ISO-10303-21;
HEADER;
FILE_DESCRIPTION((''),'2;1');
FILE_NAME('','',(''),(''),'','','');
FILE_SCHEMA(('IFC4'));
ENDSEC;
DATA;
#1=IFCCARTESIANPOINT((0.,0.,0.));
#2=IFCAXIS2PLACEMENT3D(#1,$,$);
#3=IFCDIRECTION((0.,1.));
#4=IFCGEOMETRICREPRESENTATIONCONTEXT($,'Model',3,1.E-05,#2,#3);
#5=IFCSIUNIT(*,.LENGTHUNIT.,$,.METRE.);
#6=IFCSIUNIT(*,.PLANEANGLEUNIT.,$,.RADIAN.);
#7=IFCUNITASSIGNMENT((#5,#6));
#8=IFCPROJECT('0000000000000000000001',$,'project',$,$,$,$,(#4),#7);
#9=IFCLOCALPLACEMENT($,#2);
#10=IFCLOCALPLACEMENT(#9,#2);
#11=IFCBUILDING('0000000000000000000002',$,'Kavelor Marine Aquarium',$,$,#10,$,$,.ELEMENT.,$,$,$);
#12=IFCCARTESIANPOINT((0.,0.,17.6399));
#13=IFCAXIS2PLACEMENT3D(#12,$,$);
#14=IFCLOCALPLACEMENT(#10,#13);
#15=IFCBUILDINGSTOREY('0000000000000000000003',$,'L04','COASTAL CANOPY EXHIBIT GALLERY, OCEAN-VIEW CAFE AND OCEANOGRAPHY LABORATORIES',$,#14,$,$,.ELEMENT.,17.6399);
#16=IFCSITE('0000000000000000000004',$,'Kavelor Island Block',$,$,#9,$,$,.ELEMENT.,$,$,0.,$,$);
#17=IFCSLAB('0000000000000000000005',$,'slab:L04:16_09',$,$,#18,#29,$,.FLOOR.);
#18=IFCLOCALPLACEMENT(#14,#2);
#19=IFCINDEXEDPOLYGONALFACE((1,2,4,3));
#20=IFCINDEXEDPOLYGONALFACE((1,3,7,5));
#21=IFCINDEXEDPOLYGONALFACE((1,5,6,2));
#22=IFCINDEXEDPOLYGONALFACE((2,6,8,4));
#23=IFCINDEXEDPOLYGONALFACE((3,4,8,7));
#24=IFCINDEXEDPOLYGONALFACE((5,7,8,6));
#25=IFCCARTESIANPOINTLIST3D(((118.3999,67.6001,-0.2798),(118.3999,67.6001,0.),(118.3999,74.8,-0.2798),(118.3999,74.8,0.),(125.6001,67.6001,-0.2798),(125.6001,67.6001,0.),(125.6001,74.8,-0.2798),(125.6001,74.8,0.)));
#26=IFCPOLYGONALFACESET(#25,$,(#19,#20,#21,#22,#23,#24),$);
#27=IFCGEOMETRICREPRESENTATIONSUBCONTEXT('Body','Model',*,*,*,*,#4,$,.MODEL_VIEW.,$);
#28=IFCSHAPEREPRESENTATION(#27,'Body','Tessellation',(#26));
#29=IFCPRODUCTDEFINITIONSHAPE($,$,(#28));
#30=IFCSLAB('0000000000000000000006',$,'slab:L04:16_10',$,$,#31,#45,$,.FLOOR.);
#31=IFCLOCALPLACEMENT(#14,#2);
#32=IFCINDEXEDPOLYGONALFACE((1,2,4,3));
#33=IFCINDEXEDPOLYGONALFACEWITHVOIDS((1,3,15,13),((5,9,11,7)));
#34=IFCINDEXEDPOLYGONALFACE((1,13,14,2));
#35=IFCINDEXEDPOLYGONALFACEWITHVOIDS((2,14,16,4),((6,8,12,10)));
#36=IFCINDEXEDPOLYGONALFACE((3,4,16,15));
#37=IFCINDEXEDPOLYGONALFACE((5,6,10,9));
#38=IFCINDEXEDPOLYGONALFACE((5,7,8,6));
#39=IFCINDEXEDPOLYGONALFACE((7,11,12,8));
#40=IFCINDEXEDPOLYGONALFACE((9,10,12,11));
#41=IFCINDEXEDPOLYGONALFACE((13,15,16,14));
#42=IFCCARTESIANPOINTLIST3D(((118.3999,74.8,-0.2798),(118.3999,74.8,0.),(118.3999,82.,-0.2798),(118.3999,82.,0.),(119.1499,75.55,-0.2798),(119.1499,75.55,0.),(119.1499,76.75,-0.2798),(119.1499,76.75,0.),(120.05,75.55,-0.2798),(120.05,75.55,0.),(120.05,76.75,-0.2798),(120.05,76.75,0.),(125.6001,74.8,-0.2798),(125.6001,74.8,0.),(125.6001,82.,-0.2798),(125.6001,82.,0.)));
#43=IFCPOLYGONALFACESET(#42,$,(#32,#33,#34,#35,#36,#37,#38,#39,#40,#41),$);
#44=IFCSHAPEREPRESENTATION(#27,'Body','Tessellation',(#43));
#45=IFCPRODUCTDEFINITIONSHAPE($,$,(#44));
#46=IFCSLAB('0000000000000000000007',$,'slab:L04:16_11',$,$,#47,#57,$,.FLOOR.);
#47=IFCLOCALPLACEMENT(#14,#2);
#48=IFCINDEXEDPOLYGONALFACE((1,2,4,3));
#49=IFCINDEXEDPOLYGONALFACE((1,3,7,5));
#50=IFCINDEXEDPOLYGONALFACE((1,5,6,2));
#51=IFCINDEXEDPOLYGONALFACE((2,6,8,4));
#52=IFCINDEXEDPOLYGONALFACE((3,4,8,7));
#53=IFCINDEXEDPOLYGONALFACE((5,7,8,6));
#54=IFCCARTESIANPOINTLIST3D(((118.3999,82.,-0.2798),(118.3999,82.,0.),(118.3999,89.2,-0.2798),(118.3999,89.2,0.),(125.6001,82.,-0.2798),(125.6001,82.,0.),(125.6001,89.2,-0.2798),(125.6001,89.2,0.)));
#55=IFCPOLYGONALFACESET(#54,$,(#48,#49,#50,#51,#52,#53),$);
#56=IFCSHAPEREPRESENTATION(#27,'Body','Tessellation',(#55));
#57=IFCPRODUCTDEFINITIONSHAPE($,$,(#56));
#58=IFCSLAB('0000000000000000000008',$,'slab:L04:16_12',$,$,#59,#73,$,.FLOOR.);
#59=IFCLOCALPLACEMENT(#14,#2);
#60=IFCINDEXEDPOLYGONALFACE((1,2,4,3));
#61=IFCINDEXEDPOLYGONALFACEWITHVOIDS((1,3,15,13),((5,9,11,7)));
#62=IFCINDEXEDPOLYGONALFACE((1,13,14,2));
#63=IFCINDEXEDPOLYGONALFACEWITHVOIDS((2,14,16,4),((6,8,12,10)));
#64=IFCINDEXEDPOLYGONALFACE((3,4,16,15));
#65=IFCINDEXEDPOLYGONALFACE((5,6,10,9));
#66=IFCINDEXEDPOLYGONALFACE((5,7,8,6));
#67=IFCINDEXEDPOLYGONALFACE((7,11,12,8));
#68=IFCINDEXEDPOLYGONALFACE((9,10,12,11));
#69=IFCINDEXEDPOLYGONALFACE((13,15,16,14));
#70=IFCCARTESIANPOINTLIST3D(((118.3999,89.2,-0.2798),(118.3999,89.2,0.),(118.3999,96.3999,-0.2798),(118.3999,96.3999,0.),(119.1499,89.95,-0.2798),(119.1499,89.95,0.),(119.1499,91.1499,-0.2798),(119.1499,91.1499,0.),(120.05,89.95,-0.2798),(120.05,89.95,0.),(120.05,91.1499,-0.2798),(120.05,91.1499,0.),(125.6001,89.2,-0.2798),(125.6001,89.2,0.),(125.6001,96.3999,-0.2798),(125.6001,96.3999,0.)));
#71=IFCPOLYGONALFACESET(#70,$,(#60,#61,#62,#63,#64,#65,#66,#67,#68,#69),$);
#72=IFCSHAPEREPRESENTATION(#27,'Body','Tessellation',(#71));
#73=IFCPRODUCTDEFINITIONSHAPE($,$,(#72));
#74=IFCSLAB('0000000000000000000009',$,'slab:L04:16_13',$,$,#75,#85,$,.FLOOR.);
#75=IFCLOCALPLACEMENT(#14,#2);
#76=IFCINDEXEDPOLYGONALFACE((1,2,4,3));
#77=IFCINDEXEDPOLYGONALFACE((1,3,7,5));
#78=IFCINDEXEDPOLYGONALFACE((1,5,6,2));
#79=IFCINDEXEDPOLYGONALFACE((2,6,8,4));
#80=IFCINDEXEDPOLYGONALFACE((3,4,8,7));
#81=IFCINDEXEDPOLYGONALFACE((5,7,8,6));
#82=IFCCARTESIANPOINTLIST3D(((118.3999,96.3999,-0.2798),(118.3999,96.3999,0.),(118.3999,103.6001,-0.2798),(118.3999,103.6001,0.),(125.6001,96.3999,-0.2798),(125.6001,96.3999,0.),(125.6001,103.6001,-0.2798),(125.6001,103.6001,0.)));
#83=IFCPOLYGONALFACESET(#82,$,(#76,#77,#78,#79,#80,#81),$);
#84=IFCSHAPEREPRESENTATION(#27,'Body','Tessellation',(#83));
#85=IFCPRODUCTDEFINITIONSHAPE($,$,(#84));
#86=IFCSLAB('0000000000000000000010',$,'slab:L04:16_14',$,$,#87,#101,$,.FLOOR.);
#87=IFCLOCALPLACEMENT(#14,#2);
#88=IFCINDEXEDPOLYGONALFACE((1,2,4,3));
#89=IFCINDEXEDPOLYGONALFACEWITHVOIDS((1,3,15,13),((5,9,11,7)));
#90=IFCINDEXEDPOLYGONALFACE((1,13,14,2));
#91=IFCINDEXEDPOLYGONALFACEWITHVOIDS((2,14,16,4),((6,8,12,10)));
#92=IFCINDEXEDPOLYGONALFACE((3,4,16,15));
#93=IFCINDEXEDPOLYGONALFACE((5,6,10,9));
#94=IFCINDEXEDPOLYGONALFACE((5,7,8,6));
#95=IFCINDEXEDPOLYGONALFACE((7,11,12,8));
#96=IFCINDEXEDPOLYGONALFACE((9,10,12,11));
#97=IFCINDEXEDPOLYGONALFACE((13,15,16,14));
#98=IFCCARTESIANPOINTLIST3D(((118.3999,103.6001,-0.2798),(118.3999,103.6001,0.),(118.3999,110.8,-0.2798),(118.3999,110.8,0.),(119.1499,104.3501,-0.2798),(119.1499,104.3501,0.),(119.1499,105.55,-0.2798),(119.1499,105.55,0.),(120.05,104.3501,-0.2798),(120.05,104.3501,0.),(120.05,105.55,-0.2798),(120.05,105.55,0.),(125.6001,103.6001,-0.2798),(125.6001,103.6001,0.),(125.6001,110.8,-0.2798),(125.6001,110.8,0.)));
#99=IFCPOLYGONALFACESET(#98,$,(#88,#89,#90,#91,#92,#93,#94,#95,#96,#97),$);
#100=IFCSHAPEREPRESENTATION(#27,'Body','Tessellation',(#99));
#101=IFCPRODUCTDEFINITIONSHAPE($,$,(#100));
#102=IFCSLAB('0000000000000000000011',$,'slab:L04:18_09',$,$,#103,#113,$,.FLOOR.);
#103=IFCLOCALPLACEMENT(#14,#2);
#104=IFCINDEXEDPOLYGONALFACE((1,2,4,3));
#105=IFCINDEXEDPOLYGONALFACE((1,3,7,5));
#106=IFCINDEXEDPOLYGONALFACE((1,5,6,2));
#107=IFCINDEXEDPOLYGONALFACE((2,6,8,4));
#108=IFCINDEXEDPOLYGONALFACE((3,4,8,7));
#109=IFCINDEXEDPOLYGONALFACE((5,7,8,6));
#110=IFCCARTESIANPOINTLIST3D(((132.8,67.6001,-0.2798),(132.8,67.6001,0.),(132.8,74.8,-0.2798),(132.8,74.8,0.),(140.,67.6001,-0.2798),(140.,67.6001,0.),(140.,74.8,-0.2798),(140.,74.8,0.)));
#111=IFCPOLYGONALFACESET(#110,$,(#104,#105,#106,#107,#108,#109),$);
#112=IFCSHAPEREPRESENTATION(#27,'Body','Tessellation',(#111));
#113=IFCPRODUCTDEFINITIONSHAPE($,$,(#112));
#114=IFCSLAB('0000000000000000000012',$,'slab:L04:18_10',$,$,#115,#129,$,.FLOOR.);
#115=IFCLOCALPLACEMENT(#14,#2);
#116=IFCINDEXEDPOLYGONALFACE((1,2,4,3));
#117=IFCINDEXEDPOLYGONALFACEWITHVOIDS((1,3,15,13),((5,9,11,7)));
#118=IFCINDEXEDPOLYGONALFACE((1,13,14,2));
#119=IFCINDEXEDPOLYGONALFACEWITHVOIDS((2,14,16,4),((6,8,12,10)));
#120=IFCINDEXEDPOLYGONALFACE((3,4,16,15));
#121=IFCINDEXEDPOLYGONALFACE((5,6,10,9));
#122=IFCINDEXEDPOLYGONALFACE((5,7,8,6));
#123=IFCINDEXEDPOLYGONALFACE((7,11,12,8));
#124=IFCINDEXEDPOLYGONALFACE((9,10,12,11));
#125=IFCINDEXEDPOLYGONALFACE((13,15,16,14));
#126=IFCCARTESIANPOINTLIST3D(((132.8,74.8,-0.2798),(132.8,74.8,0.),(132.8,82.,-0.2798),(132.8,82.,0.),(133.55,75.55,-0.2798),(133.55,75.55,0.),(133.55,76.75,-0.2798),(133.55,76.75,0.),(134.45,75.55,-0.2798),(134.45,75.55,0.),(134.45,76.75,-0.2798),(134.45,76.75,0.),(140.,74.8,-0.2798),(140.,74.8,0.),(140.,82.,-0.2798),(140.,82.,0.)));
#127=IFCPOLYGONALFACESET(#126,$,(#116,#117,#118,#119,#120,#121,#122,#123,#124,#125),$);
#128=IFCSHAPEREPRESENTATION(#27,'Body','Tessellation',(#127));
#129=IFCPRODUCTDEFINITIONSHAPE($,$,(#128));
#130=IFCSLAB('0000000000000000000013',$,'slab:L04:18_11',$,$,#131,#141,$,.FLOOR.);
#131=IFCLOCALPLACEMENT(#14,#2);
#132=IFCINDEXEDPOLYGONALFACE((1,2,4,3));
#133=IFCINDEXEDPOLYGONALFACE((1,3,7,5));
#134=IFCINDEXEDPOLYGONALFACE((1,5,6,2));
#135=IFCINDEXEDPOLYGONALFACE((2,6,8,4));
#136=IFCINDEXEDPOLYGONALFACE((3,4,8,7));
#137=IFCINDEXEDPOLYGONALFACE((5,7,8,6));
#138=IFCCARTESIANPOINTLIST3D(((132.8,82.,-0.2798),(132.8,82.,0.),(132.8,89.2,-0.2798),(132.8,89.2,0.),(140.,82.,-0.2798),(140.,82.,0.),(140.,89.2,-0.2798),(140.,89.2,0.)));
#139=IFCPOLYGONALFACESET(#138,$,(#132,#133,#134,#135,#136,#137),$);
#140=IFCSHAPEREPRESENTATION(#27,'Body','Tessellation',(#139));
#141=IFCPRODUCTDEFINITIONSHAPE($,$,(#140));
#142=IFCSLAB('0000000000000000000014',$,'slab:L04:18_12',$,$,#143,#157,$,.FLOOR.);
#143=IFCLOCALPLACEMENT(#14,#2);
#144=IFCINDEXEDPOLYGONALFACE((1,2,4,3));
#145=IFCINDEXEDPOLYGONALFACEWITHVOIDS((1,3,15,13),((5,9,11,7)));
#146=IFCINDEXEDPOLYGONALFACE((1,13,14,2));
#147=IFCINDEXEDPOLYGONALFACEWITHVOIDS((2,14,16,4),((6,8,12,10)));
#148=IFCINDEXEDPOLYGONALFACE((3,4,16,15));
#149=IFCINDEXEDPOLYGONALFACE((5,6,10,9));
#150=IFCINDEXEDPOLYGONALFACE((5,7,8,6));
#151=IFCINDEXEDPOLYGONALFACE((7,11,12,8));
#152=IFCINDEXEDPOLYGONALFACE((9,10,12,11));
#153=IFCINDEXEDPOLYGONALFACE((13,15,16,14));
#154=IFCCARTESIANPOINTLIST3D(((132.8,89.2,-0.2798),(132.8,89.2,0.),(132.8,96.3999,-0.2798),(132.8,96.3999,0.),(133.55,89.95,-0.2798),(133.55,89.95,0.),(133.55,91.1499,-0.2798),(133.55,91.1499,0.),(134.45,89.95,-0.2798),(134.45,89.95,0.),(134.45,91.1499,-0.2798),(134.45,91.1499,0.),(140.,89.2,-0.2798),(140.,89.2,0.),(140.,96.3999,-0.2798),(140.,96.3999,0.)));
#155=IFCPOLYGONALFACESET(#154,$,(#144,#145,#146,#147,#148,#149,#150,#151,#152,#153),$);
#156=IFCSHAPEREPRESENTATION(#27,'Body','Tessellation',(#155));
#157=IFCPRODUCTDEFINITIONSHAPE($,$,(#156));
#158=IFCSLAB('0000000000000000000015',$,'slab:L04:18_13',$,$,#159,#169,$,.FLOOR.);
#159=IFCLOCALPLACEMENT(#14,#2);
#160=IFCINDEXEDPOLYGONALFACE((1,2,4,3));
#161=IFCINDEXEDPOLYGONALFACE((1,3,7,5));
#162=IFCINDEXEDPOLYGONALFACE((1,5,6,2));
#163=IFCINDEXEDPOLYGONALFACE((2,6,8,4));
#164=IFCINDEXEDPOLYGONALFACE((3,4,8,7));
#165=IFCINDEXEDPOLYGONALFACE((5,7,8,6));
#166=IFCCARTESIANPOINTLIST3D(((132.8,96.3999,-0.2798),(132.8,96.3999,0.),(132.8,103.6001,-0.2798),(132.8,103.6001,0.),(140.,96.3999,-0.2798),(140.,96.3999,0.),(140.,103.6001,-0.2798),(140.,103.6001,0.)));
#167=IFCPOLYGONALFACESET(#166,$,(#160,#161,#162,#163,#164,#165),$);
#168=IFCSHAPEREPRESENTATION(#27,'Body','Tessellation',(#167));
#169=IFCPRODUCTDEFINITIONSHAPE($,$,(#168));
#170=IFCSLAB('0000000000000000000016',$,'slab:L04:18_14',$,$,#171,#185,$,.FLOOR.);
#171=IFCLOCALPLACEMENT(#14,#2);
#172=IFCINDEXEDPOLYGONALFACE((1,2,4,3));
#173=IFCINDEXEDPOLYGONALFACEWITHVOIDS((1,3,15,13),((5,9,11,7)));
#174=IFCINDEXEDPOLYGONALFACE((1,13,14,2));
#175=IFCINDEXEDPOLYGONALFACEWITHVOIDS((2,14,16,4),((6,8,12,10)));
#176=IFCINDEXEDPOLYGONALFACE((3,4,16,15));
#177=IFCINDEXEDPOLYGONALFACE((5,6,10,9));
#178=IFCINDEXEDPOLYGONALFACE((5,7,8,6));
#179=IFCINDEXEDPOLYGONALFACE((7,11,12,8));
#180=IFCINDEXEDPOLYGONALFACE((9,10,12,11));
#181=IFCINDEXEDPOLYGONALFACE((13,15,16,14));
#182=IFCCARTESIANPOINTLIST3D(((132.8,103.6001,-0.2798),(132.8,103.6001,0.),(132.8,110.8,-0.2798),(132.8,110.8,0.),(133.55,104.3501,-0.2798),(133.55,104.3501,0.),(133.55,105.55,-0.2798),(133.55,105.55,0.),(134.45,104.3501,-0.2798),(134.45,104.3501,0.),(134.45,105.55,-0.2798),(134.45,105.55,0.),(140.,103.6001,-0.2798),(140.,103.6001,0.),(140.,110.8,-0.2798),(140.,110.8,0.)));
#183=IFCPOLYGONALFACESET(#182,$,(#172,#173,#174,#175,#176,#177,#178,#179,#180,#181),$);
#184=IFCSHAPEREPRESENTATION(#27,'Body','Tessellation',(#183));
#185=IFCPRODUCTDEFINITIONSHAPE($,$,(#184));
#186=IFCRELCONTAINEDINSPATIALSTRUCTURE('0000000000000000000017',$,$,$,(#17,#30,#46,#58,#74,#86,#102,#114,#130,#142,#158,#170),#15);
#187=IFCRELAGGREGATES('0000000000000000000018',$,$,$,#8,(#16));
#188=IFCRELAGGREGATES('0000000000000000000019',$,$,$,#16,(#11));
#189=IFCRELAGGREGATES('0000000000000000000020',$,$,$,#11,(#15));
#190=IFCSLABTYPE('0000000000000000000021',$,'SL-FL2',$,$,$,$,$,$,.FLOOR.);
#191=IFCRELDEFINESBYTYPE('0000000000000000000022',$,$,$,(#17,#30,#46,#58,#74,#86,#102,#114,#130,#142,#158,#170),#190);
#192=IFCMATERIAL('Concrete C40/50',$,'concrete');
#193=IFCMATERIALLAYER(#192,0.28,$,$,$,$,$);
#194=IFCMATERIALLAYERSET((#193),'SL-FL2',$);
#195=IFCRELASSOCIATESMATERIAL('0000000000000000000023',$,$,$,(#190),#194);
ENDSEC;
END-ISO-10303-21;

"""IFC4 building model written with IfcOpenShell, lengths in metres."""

from ifc_helpers import new_model, si_unit, direction, frame, origin, place, context, subcontext, project, spatial, polyline, outline, extrude, material, layer, layer_set, type_object, element, save


model = new_model("IFC4")

# Units and contexts
model_context = context("Model", 3, precision=1e-05, world=origin(), true_north=direction((0.0, 1.0)))
body_context = subcontext(model_context, "Body", "Model", "MODEL_VIEW")
ifc_project = project(units=[si_unit("LENGTHUNIT", "METRE"), si_unit("PLANEANGLEUNIT", "RADIAN")], contexts=[model_context])

# Site, building, storey
site_placement = place(None, origin())
site = spatial("IfcSite", under=ifc_project, at=site_placement, Name="Kavelor Island Block", CompositionType="ELEMENT", RefElevation=0.0)
building_placement = place(site_placement, origin())
building = spatial("IfcBuilding", under=site, at=building_placement, Name="Kavelor Marine Aquarium", CompositionType="ELEMENT")
storey_placement = place(building_placement, frame((0.0, 0.0, 17.6399)))
storey = spatial("IfcBuildingStorey", under=building, at=storey_placement, Name="L04", Description="COASTAL CANOPY EXHIBIT GALLERY, OCEAN-VIEW CAFE AND OCEANOGRAPHY LABORATORIES", CompositionType="ELEMENT", Elevation=17.6399)

# Slabs
ifc_material_1 = material(Name="Concrete C40/50", Category="concrete")
ifc_layer_1 = layer(ifc_material_1, 0.28)
ifc_layer_set_1 = layer_set([ifc_layer_1], Name="SL-FL2")
slab_type_1 = type_object("IfcSlabType", Name="SL-FL2", PredefinedType="FLOOR", material=ifc_layer_set_1)
slab_1_placement = place(storey_placement, frame((0.0, 0.0, -0.2798)))
element("IfcSlab", 1, at=slab_1_placement, inside=storey, type_object=slab_type_1, Name="slab:L04:16_09", PredefinedType="FLOOR", context=body_context, shape_type="SweptSolid", body=[
    extrude(outline(polyline([(118.3999, 67.6001), (125.6001, 67.6001), (125.6001, 74.8), (118.3999, 74.8), (118.3999, 67.6001)])), origin(), (0.0, 0.0, 1.0), 0.2798),
])
slab_2_placement = place(storey_placement, frame((0.0, 0.0, -0.2798)))
element("IfcSlab", 2, at=slab_2_placement, inside=storey, type_object=slab_type_1, Name="slab:L04:16_10", PredefinedType="FLOOR", context=body_context, shape_type="SweptSolid", body=[
    extrude(outline(polyline([(118.3999, 74.8), (125.6001, 74.8), (125.6001, 82.0), (118.3999, 82.0), (118.3999, 74.8)]), holes=[polyline([(119.1499, 75.55), (120.05, 75.55), (120.05, 76.75), (119.1499, 76.75), (119.1499, 75.55)])]), origin(), (0.0, 0.0, 1.0), 0.2798),
])
slab_3_placement = place(storey_placement, frame((0.0, 0.0, -0.2798)))
element("IfcSlab", 3, at=slab_3_placement, inside=storey, type_object=slab_type_1, Name="slab:L04:16_11", PredefinedType="FLOOR", context=body_context, shape_type="SweptSolid", body=[
    extrude(outline(polyline([(118.3999, 82.0), (125.6001, 82.0), (125.6001, 89.2), (118.3999, 89.2), (118.3999, 82.0)])), origin(), (0.0, 0.0, 1.0), 0.2798),
])
slab_4_placement = place(storey_placement, frame((0.0, 0.0, -0.2798)))
element("IfcSlab", 4, at=slab_4_placement, inside=storey, type_object=slab_type_1, Name="slab:L04:16_12", PredefinedType="FLOOR", context=body_context, shape_type="SweptSolid", body=[
    extrude(outline(polyline([(118.3999, 89.2), (125.6001, 89.2), (125.6001, 96.3999), (118.3999, 96.3999), (118.3999, 89.2)]), holes=[polyline([(119.1499, 89.95), (120.05, 89.95), (120.05, 91.1499), (119.1499, 91.1499), (119.1499, 89.95)])]), origin(), (0.0, 0.0, 1.0), 0.2798),
])
slab_5_placement = place(storey_placement, frame((0.0, 0.0, -0.2798)))
element("IfcSlab", 5, at=slab_5_placement, inside=storey, type_object=slab_type_1, Name="slab:L04:16_13", PredefinedType="FLOOR", context=body_context, shape_type="SweptSolid", body=[
    extrude(outline(polyline([(118.3999, 96.3999), (125.6001, 96.3999), (125.6001, 103.6001), (118.3999, 103.6001), (118.3999, 96.3999)])), origin(), (0.0, 0.0, 1.0), 0.2798),
])
slab_6_placement = place(storey_placement, frame((0.0, 0.0, -0.2798)))
element("IfcSlab", 6, at=slab_6_placement, inside=storey, type_object=slab_type_1, Name="slab:L04:16_14", PredefinedType="FLOOR", context=body_context, shape_type="SweptSolid", body=[
    extrude(outline(polyline([(118.3999, 103.6001), (125.6001, 103.6001), (125.6001, 110.8), (118.3999, 110.8), (118.3999, 103.6001)]), holes=[polyline([(119.1499, 104.3501), (120.05, 104.3501), (120.05, 105.55), (119.1499, 105.55), (119.1499, 104.3501)])]), origin(), (0.0, 0.0, 1.0), 0.2798),
])
slab_7_placement = place(storey_placement, frame((0.0, 0.0, -0.2798)))
element("IfcSlab", 7, at=slab_7_placement, inside=storey, type_object=slab_type_1, Name="slab:L04:18_09", PredefinedType="FLOOR", context=body_context, shape_type="SweptSolid", body=[
    extrude(outline(polyline([(132.8, 67.6001), (140.0, 67.6001), (140.0, 74.8), (132.8, 74.8), (132.8, 67.6001)])), origin(), (0.0, 0.0, 1.0), 0.2798),
])
slab_8_placement = place(storey_placement, frame((0.0, 0.0, -0.2798)))
element("IfcSlab", 8, at=slab_8_placement, inside=storey, type_object=slab_type_1, Name="slab:L04:18_10", PredefinedType="FLOOR", context=body_context, shape_type="SweptSolid", body=[
    extrude(outline(polyline([(132.8, 74.8), (140.0, 74.8), (140.0, 82.0), (132.8, 82.0), (132.8, 74.8)]), holes=[polyline([(133.55, 75.55), (134.45, 75.55), (134.45, 76.75), (133.55, 76.75), (133.55, 75.55)])]), origin(), (0.0, 0.0, 1.0), 0.2798),
])
slab_9_placement = place(storey_placement, frame((0.0, 0.0, -0.2798)))
element("IfcSlab", 9, at=slab_9_placement, inside=storey, type_object=slab_type_1, Name="slab:L04:18_11", PredefinedType="FLOOR", context=body_context, shape_type="SweptSolid", body=[
    extrude(outline(polyline([(132.8, 82.0), (140.0, 82.0), (140.0, 89.2), (132.8, 89.2), (132.8, 82.0)])), origin(), (0.0, 0.0, 1.0), 0.2798),
])
slab_10_placement = place(storey_placement, frame((0.0, 0.0, -0.2798)))
element("IfcSlab", 10, at=slab_10_placement, inside=storey, type_object=slab_type_1, Name="slab:L04:18_12", PredefinedType="FLOOR", context=body_context, shape_type="SweptSolid", body=[
    extrude(outline(polyline([(132.8, 89.2), (140.0, 89.2), (140.0, 96.3999), (132.8, 96.3999), (132.8, 89.2)]), holes=[polyline([(133.55, 89.95), (134.45, 89.95), (134.45, 91.1499), (133.55, 91.1499), (133.55, 89.95)])]), origin(), (0.0, 0.0, 1.0), 0.2798),
])
slab_11_placement = place(storey_placement, frame((0.0, 0.0, -0.2798)))
element("IfcSlab", 11, at=slab_11_placement, inside=storey, type_object=slab_type_1, Name="slab:L04:18_13", PredefinedType="FLOOR", context=body_context, shape_type="SweptSolid", body=[
    extrude(outline(polyline([(132.8, 96.3999), (140.0, 96.3999), (140.0, 103.6001), (132.8, 103.6001), (132.8, 96.3999)])), origin(), (0.0, 0.0, 1.0), 0.2798),
])
slab_12_placement = place(storey_placement, frame((0.0, 0.0, -0.2798)))
element("IfcSlab", 12, at=slab_12_placement, inside=storey, type_object=slab_type_1, Name="slab:L04:18_14", PredefinedType="FLOOR", context=body_context, shape_type="SweptSolid", body=[
    extrude(outline(polyline([(132.8, 103.6001), (140.0, 103.6001), (140.0, 110.8), (132.8, 110.8), (132.8, 103.6001)]), holes=[polyline([(133.55, 104.3501), (134.45, 104.3501), (134.45, 105.55), (133.55, 105.55), (133.55, 104.3501)])]), origin(), (0.0, 0.0, 1.0), 0.2798),
])

save(model, "model.ifc")
